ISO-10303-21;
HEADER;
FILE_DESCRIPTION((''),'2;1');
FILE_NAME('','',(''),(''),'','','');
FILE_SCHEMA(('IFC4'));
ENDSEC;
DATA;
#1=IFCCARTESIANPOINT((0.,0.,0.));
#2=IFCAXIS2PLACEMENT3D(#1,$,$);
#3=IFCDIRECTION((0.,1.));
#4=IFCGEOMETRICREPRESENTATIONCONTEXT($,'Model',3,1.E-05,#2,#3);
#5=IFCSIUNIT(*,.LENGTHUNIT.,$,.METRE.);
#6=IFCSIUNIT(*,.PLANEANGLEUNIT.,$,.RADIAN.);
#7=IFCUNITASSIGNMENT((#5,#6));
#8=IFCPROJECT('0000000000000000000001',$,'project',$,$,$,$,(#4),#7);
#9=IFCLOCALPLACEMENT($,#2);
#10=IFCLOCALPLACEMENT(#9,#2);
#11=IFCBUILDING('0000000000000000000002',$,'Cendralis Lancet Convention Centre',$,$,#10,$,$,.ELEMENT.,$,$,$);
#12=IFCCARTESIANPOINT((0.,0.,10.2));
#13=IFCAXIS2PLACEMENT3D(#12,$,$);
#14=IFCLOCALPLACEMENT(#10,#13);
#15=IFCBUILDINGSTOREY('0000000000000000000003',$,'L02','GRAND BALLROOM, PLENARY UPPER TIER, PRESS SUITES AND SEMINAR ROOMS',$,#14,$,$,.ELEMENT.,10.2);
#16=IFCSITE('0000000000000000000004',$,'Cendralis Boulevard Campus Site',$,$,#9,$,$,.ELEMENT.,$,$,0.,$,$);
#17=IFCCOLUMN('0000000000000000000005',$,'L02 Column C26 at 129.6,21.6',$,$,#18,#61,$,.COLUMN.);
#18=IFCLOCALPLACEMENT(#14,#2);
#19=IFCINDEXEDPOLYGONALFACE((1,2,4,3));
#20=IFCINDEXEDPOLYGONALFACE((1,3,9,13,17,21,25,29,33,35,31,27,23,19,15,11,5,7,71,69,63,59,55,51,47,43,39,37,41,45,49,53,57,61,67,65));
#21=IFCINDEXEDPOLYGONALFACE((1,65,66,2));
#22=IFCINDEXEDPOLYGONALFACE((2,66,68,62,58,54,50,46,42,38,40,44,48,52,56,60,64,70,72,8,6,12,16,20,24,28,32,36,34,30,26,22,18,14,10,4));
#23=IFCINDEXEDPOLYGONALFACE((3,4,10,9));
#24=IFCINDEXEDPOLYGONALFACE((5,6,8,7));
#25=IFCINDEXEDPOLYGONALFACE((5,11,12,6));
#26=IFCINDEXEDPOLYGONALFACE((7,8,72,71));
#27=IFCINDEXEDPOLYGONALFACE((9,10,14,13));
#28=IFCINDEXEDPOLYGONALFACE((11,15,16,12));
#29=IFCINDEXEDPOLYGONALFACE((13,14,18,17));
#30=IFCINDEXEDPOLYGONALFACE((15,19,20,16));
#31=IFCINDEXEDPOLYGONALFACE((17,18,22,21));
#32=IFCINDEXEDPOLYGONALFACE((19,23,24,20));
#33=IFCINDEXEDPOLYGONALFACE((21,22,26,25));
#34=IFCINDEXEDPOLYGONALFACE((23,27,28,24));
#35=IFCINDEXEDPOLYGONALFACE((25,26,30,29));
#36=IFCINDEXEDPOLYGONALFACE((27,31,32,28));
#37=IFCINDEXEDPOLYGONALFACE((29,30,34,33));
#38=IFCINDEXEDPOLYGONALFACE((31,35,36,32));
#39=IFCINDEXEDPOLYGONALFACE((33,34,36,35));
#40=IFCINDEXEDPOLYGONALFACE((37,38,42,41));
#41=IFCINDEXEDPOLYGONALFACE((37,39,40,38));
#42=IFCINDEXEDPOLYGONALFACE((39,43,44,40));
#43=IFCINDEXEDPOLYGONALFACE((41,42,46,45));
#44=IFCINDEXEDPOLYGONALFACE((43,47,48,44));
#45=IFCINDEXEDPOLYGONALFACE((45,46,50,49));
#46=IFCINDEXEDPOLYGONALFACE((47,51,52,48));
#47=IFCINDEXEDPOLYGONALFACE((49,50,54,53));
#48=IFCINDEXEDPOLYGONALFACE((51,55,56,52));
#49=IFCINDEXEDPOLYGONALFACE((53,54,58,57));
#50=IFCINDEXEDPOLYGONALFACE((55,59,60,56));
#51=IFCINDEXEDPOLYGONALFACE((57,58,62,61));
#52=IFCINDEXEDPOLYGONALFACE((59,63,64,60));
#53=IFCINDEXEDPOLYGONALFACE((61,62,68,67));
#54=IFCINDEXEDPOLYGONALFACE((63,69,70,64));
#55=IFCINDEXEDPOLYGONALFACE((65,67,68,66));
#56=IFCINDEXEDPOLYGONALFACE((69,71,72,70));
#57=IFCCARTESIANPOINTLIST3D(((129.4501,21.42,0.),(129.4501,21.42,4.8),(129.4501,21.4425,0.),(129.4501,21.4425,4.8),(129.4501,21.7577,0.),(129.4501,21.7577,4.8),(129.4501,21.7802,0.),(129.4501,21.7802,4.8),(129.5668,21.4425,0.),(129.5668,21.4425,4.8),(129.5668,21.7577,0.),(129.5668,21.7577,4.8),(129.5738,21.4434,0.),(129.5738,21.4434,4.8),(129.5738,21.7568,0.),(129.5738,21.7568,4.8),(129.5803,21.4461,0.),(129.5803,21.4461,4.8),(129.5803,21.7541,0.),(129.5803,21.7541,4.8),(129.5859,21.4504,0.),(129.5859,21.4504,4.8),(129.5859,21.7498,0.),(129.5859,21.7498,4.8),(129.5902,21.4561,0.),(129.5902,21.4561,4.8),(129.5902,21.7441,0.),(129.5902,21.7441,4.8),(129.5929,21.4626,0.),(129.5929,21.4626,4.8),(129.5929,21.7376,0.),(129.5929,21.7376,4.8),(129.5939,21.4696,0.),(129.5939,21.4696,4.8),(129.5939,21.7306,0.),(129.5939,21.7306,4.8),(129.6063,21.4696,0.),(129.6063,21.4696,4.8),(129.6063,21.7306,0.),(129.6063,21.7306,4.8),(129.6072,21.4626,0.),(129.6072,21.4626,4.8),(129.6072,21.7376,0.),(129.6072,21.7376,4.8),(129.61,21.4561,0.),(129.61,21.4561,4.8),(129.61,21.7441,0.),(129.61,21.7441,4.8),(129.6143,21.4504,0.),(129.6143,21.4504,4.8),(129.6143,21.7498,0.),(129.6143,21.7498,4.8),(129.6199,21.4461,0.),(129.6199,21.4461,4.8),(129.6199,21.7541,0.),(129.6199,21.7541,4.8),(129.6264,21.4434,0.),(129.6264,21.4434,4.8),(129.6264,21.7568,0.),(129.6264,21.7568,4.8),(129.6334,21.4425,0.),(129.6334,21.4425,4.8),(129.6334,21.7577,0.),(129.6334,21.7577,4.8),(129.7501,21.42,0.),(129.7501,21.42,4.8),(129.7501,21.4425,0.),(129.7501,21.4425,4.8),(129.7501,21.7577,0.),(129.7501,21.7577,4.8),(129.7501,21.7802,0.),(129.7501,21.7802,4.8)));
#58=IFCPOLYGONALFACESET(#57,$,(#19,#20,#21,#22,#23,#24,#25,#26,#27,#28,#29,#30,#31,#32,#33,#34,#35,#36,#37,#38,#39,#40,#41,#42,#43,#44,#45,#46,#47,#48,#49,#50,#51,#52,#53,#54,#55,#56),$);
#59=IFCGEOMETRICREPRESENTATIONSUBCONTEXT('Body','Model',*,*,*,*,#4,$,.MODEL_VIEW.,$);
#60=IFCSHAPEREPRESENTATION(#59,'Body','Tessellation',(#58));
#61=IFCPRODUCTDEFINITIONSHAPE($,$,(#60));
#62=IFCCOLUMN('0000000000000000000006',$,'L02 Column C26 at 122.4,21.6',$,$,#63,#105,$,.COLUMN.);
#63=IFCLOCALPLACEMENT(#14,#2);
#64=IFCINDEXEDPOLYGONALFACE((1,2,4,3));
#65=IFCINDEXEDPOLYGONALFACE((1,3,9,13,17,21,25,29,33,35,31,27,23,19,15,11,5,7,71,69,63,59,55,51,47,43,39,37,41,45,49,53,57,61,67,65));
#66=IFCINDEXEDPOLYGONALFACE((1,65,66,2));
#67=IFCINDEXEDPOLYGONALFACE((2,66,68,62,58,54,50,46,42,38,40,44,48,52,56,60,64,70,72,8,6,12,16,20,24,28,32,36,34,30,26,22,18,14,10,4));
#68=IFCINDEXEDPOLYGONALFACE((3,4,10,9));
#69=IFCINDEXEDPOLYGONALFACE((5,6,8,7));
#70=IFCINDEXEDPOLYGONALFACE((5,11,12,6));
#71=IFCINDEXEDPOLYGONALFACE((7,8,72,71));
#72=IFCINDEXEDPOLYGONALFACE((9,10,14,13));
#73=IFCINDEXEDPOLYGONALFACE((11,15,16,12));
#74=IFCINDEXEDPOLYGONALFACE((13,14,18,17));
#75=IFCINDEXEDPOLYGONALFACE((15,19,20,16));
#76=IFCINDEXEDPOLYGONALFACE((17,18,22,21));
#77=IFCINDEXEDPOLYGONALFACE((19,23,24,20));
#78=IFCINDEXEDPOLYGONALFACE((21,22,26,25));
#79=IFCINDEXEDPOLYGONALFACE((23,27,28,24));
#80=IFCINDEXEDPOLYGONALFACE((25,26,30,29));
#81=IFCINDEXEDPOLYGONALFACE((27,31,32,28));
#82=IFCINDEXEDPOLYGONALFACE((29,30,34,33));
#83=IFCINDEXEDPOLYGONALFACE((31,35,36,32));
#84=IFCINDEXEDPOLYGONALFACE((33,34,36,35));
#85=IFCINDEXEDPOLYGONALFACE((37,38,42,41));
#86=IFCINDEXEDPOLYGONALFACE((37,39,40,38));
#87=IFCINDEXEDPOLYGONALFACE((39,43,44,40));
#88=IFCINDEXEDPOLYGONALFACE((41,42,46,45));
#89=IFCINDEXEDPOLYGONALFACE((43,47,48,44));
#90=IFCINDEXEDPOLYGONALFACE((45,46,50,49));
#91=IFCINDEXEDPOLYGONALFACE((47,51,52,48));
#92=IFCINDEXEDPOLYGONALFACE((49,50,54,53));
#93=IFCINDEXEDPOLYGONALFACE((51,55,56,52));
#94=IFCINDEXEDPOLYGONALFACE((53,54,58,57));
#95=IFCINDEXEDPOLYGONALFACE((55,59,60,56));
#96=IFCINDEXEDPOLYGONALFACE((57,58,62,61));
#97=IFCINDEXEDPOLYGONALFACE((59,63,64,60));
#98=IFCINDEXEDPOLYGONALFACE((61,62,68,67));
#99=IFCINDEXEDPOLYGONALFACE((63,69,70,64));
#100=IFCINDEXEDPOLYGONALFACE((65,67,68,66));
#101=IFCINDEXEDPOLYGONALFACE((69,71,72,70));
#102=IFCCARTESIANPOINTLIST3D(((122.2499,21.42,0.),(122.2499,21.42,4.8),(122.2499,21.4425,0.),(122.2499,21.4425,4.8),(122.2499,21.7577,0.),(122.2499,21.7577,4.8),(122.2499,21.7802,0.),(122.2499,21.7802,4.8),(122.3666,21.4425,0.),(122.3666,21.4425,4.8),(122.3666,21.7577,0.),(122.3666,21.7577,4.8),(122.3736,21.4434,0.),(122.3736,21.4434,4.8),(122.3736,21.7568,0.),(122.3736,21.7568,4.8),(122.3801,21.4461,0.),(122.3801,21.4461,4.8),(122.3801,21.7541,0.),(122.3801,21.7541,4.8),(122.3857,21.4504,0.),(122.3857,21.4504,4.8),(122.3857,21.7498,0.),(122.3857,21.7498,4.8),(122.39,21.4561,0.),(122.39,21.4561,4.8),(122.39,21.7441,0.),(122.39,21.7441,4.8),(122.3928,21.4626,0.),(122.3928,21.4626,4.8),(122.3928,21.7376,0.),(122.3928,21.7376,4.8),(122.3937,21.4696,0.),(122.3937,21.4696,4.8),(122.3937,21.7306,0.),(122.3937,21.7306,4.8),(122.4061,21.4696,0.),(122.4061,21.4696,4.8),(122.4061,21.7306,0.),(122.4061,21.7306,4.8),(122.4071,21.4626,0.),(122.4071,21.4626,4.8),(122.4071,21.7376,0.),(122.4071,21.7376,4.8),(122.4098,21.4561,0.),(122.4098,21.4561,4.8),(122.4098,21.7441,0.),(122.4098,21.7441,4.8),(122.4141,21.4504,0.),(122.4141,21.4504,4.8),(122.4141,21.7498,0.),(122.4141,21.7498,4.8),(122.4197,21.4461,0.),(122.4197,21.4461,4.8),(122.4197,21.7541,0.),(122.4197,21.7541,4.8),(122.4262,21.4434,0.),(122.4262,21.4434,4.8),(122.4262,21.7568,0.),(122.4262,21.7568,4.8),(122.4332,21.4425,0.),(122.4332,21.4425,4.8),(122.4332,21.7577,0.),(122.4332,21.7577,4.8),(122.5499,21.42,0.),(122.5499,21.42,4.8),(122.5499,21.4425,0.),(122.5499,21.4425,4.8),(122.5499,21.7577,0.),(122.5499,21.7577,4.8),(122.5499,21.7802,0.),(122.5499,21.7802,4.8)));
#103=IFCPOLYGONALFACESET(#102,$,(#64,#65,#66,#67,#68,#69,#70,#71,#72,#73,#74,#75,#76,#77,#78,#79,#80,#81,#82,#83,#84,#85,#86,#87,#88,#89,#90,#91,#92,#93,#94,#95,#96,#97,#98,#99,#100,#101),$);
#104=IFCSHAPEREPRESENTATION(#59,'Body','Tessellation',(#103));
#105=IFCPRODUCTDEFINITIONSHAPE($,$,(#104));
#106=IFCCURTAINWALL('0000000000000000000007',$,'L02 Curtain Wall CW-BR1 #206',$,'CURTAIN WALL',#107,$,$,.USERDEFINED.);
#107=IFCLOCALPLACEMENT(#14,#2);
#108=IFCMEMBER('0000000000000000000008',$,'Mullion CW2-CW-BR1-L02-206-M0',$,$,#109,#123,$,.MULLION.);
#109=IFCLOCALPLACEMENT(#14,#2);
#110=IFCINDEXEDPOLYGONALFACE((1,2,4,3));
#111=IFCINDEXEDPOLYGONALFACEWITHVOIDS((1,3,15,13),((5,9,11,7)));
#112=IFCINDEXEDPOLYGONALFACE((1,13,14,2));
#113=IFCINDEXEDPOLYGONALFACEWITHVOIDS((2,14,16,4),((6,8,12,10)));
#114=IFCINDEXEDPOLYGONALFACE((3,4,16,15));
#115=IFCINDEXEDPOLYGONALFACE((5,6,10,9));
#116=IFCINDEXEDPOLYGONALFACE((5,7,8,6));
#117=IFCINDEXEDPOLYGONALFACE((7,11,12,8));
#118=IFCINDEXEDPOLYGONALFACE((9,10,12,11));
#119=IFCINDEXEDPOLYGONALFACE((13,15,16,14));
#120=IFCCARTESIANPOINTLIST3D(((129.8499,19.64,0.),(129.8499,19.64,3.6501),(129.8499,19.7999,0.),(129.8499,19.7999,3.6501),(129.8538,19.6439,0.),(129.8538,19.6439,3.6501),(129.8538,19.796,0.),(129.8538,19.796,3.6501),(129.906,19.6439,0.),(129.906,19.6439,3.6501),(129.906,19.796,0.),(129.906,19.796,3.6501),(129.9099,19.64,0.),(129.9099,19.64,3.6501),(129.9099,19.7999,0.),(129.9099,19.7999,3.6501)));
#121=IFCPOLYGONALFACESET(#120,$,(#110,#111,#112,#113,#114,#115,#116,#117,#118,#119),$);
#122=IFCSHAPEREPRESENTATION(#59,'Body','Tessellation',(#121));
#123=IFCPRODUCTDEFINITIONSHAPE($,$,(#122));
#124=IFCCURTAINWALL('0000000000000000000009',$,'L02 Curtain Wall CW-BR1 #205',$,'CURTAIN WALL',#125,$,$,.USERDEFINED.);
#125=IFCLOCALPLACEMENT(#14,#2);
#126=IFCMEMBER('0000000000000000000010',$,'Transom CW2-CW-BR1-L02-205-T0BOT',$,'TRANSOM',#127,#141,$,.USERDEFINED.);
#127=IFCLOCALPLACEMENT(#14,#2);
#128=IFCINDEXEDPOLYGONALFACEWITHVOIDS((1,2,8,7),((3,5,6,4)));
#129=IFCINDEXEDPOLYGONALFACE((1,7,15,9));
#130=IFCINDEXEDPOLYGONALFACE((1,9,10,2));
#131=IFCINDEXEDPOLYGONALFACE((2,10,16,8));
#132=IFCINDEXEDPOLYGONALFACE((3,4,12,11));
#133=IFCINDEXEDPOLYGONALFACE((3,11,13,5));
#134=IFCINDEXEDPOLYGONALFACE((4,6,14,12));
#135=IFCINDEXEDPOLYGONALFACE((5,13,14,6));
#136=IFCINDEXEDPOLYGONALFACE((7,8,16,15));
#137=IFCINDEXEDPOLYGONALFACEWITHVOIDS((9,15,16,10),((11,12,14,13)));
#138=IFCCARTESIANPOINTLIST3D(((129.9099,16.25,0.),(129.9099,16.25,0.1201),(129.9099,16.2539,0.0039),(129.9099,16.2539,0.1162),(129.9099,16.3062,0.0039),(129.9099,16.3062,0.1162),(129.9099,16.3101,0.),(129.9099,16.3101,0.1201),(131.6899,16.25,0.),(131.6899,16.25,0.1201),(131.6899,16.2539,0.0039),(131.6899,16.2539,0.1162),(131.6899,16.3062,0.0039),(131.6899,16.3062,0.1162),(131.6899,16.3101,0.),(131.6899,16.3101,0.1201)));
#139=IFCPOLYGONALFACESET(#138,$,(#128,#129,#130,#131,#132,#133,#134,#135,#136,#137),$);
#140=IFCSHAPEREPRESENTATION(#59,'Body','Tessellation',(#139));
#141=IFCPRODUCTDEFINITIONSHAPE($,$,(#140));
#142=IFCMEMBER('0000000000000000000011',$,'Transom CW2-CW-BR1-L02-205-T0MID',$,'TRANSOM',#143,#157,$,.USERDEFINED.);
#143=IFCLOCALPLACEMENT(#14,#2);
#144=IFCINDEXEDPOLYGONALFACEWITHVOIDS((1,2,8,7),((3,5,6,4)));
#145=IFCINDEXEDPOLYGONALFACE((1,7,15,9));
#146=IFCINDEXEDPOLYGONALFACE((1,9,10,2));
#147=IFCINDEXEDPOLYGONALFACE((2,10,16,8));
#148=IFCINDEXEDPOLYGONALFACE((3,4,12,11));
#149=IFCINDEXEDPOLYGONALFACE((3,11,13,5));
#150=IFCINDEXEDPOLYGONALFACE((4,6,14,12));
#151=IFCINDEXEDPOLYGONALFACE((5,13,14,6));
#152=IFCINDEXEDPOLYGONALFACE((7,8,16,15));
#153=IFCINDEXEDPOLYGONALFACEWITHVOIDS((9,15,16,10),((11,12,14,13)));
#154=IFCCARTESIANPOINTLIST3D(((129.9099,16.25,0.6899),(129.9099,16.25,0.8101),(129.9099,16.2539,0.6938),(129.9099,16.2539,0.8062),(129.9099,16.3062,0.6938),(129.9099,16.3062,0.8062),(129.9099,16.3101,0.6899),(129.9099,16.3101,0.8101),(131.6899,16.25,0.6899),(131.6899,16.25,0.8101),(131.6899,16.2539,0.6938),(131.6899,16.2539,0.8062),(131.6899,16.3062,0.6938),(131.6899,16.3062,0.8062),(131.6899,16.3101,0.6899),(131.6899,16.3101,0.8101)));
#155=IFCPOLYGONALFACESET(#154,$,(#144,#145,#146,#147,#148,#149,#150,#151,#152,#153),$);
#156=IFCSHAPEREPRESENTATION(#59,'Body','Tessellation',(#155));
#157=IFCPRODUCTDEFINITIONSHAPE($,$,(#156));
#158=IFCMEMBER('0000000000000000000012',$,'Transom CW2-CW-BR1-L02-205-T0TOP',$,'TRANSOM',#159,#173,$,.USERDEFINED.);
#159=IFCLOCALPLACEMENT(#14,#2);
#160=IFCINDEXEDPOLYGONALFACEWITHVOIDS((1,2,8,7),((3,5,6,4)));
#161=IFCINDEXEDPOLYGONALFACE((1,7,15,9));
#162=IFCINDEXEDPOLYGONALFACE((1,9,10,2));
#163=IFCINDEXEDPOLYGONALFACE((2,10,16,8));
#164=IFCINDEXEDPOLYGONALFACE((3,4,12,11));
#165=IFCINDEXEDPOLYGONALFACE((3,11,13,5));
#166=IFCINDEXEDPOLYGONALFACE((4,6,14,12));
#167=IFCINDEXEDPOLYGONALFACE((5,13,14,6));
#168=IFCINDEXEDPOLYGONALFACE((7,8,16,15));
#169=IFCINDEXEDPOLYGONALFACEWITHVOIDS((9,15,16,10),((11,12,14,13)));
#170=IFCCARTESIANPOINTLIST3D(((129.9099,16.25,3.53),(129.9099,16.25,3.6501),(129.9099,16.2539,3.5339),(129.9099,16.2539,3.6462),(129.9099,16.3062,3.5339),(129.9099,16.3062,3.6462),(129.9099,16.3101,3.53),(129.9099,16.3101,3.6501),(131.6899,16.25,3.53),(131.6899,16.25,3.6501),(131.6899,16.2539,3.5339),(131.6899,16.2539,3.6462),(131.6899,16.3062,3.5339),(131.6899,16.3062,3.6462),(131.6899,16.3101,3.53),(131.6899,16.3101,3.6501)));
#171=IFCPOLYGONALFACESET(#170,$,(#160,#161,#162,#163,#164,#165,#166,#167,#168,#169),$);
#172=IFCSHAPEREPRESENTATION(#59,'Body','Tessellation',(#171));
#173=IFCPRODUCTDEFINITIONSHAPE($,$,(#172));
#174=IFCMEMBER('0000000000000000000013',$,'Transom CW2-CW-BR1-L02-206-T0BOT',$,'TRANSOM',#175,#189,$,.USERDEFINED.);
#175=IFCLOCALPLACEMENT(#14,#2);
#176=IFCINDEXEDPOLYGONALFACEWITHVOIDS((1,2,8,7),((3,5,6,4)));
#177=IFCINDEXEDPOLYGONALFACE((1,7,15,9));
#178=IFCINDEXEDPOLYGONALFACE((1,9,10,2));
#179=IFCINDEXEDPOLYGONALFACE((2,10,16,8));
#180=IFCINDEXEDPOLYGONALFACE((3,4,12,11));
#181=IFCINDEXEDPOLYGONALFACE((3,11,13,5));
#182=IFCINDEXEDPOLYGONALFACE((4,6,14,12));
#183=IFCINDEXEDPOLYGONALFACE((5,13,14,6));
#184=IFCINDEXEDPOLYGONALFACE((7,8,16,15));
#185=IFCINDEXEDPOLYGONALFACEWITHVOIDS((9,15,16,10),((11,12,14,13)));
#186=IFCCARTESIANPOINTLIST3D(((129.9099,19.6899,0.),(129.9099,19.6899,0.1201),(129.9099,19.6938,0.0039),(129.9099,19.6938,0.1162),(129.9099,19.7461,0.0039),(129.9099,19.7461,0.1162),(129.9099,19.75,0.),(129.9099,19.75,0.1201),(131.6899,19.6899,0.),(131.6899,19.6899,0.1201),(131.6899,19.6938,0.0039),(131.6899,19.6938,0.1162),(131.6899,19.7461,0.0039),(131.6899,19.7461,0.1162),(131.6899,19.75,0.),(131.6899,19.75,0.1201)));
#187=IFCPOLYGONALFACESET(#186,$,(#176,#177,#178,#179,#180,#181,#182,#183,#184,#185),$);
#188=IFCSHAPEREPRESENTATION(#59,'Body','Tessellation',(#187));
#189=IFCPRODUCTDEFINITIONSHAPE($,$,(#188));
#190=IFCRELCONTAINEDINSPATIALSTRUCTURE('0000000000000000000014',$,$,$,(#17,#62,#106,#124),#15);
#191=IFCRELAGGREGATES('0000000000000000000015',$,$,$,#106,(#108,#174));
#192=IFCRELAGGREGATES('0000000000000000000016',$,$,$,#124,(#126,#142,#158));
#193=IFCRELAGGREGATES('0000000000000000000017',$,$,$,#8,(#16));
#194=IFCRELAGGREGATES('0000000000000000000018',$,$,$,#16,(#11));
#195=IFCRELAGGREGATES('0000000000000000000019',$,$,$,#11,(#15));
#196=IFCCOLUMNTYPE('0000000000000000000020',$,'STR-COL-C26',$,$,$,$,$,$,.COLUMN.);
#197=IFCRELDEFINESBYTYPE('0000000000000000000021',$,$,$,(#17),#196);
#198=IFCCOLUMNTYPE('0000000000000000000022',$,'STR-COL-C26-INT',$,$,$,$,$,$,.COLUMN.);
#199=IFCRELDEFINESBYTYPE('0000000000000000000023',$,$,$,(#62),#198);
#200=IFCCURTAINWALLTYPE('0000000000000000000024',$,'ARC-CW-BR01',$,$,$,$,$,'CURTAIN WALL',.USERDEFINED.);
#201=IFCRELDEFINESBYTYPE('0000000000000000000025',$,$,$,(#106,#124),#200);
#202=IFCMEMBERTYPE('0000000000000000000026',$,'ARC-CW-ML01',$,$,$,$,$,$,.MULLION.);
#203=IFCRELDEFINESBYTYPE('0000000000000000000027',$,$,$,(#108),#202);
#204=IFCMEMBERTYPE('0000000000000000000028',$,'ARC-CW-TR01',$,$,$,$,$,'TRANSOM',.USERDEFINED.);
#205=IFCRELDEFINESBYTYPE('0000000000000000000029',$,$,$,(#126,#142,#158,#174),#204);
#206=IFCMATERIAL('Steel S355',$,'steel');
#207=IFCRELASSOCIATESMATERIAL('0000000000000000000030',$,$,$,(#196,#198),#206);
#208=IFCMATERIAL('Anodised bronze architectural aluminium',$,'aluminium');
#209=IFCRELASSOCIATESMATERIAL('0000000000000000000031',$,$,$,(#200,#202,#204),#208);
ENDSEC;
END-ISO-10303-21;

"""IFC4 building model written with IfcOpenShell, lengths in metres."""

from ifc_helpers import new_model, si_unit, direction, frame, origin, origin_2d, place, context, subcontext, project, spatial, hollow_rectangle, i_section, extrude, material, material_profile, profile_set, type_object, element, aggregate, save


model = new_model("IFC4")

# Units and contexts
model_context = context("Model", 3, precision=1e-05, world=origin(), true_north=direction((0.0, 1.0)))
body_context = subcontext(model_context, "Body", "Model", "MODEL_VIEW")
ifc_project = project(units=[si_unit("LENGTHUNIT", "METRE"), si_unit("PLANEANGLEUNIT", "RADIAN")], contexts=[model_context])

# Site, building, storey
site_placement = place(None, origin())
site = spatial("IfcSite", under=ifc_project, at=site_placement, Name="Cendralis Boulevard Campus Site", CompositionType="ELEMENT", RefElevation=0.0)
building_placement = place(site_placement, origin())
building = spatial("IfcBuilding", under=site, at=building_placement, Name="Cendralis Lancet Convention Centre", CompositionType="ELEMENT")
storey_placement = place(building_placement, frame((0.0, 0.0, 10.2)))
storey = spatial("IfcBuildingStorey", under=building, at=storey_placement, Name="L02", Description="GRAND BALLROOM, PLENARY UPPER TIER, PRESS SUITES AND SEMINAR ROOMS", CompositionType="ELEMENT", Elevation=10.2)

# Columns
ifc_material_1 = material(Name="Steel S355", Category="steel")
ifc_material_profile_1 = material_profile(ifc_material_1, i_section(OverallWidth=0.3, OverallDepth=0.3601, WebThickness=0.0125, FlangeThickness=0.0225, FilletRadius=0.0271, at=origin_2d()), Name="HEB 360")
ifc_profile_set_1 = profile_set([ifc_material_profile_1], Name="Steel S355")
column_type_1 = type_object("IfcColumnType", Name="STR-COL-C26", PredefinedType="COLUMN", material=ifc_profile_set_1)
column_1_placement = place(storey_placement, frame((129.6001, 21.6001, 0.0), z_axis=(0.0, 0.0, 1.0), x_axis=(1.0, 0.0, 0.0)))
element("IfcColumn", 1, at=column_1_placement, inside=storey, type_object=column_type_1, Name="L02 Column C26 at 129.6,21.6", PredefinedType="COLUMN", context=body_context, shape_type="SweptSolid", body=[
    extrude(i_section(OverallWidth=0.3, OverallDepth=0.3601, WebThickness=0.0125, FlangeThickness=0.0225, FilletRadius=0.0271, at=origin_2d()), origin(), (0.0, 0.0, 1.0), 4.8),
])
ifc_material_profile_2 = material_profile(ifc_material_1, i_section(OverallWidth=0.3, OverallDepth=0.3601, WebThickness=0.0125, FlangeThickness=0.0225, FilletRadius=0.0271, at=origin_2d()), Name="HEB 360")
ifc_profile_set_2 = profile_set([ifc_material_profile_2], Name="Steel S355")
column_type_2 = type_object("IfcColumnType", Name="STR-COL-C26-INT", PredefinedType="COLUMN", material=ifc_profile_set_2)
column_2_placement = place(storey_placement, frame((122.3999, 21.6001, 0.0), z_axis=(0.0, 0.0, 1.0), x_axis=(1.0, 0.0, 0.0)))
element("IfcColumn", 2, at=column_2_placement, inside=storey, type_object=column_type_2, Name="L02 Column C26 at 122.4,21.6", PredefinedType="COLUMN", context=body_context, shape_type="SweptSolid", body=[
    extrude(i_section(OverallWidth=0.3, OverallDepth=0.3601, WebThickness=0.0125, FlangeThickness=0.0225, FilletRadius=0.0271, at=origin_2d()), origin(), (0.0, 0.0, 1.0), 4.8),
])

# Curtain wall, member
ifc_material_2 = material(Name="Anodised bronze architectural aluminium", Category="aluminium")
curtain_wall_type = type_object("IfcCurtainWallType", Name="ARC-CW-BR01", ElementType="CURTAIN WALL", PredefinedType="USERDEFINED", material=ifc_material_2)
curtain_wall_1_placement = place(storey_placement, origin())
curtain_wall_1 = element("IfcCurtainWall", 3, at=curtain_wall_1_placement, inside=storey, type_object=curtain_wall_type, Name="L02 Curtain Wall CW-BR1 #206", ObjectType="CURTAIN WALL", PredefinedType="USERDEFINED")
ifc_material_profile_3 = material_profile(ifc_material_2, hollow_rectangle(XDim=0.0601, YDim=0.1599, WallThickness=0.0039, at=origin_2d()), Name="AL-MULL 60x160x4.0")
ifc_profile_set_3 = profile_set([ifc_material_profile_3], Name="Anodised bronze architectural aluminium")
member_type_1 = type_object("IfcMemberType", Name="ARC-CW-ML01", PredefinedType="MULLION", material=ifc_profile_set_3)
member_1_placement = place(storey_placement, frame((129.8799, 19.72, 0.0), z_axis=(0.0, 0.0, 1.0), x_axis=(1.0, 0.0, 0.0)))
member_1 = element("IfcMember", 4, at=member_1_placement, type_object=member_type_1, Name="Mullion CW2-CW-BR1-L02-206-M0", PredefinedType="MULLION", context=body_context, shape_type="SweptSolid", body=[
    extrude(hollow_rectangle(XDim=0.0601, YDim=0.1599, WallThickness=0.0039, at=origin_2d()), origin(), (0.0, 0.0, 1.0), 3.6501),
])

# Curtain wall, members
curtain_wall_2_placement = place(storey_placement, origin())
curtain_wall_2 = element("IfcCurtainWall", 5, at=curtain_wall_2_placement, inside=storey, type_object=curtain_wall_type, Name="L02 Curtain Wall CW-BR1 #205", ObjectType="CURTAIN WALL", PredefinedType="USERDEFINED")
ifc_material_profile_4 = material_profile(ifc_material_2, hollow_rectangle(XDim=0.0601, YDim=0.1201, WallThickness=0.0039, at=origin_2d()), Name="AL-TRAN 60x120x4.0")
ifc_profile_set_4 = profile_set([ifc_material_profile_4], Name="Anodised bronze architectural aluminium")
member_type_2 = type_object("IfcMemberType", Name="ARC-CW-TR01", ElementType="TRANSOM", PredefinedType="USERDEFINED", material=ifc_profile_set_4)
member_2_placement = place(storey_placement, frame((129.9099, 16.28, 0.0601), z_axis=(1.0, 0.0, 0.0), x_axis=(0.0, 1.0, 0.0)))
member_2 = element("IfcMember", 6, at=member_2_placement, type_object=member_type_2, Name="Transom CW2-CW-BR1-L02-205-T0BOT", ObjectType="TRANSOM", PredefinedType="USERDEFINED", context=body_context, shape_type="SweptSolid", body=[
    extrude(hollow_rectangle(XDim=0.0601, YDim=0.1201, WallThickness=0.0039, at=origin_2d()), origin(), (0.0, 0.0, 1.0), 1.78),
])
member_3_placement = place(storey_placement, frame((129.9099, 16.28, 0.75), z_axis=(1.0, 0.0, 0.0), x_axis=(0.0, 1.0, 0.0)))
member_3 = element("IfcMember", 7, at=member_3_placement, type_object=member_type_2, Name="Transom CW2-CW-BR1-L02-205-T0MID", ObjectType="TRANSOM", PredefinedType="USERDEFINED", context=body_context, shape_type="SweptSolid", body=[
    extrude(hollow_rectangle(XDim=0.0601, YDim=0.1201, WallThickness=0.0039, at=origin_2d()), origin(), (0.0, 0.0, 1.0), 1.78),
])
member_4_placement = place(storey_placement, frame((129.9099, 16.28, 3.5901), z_axis=(1.0, 0.0, 0.0), x_axis=(0.0, 1.0, 0.0)))
member_4 = element("IfcMember", 8, at=member_4_placement, type_object=member_type_2, Name="Transom CW2-CW-BR1-L02-205-T0TOP", ObjectType="TRANSOM", PredefinedType="USERDEFINED", context=body_context, shape_type="SweptSolid", body=[
    extrude(hollow_rectangle(XDim=0.0601, YDim=0.1201, WallThickness=0.0039, at=origin_2d()), origin(), (0.0, 0.0, 1.0), 1.78),
])

# Member
member_5_placement = place(storey_placement, frame((129.9099, 19.72, 0.0601), z_axis=(1.0, 0.0, 0.0), x_axis=(0.0, 1.0, 0.0)))
member_5 = element("IfcMember", 9, at=member_5_placement, type_object=member_type_2, Name="Transom CW2-CW-BR1-L02-206-T0BOT", ObjectType="TRANSOM", PredefinedType="USERDEFINED", context=body_context, shape_type="SweptSolid", body=[
    extrude(hollow_rectangle(XDim=0.0601, YDim=0.1201, WallThickness=0.0039, at=origin_2d()), origin(), (0.0, 0.0, 1.0), 1.78),
])
aggregate(curtain_wall_1, [member_1, member_5])

aggregate(curtain_wall_2, [member_2, member_3, member_4])

save(model, "model.ifc")
